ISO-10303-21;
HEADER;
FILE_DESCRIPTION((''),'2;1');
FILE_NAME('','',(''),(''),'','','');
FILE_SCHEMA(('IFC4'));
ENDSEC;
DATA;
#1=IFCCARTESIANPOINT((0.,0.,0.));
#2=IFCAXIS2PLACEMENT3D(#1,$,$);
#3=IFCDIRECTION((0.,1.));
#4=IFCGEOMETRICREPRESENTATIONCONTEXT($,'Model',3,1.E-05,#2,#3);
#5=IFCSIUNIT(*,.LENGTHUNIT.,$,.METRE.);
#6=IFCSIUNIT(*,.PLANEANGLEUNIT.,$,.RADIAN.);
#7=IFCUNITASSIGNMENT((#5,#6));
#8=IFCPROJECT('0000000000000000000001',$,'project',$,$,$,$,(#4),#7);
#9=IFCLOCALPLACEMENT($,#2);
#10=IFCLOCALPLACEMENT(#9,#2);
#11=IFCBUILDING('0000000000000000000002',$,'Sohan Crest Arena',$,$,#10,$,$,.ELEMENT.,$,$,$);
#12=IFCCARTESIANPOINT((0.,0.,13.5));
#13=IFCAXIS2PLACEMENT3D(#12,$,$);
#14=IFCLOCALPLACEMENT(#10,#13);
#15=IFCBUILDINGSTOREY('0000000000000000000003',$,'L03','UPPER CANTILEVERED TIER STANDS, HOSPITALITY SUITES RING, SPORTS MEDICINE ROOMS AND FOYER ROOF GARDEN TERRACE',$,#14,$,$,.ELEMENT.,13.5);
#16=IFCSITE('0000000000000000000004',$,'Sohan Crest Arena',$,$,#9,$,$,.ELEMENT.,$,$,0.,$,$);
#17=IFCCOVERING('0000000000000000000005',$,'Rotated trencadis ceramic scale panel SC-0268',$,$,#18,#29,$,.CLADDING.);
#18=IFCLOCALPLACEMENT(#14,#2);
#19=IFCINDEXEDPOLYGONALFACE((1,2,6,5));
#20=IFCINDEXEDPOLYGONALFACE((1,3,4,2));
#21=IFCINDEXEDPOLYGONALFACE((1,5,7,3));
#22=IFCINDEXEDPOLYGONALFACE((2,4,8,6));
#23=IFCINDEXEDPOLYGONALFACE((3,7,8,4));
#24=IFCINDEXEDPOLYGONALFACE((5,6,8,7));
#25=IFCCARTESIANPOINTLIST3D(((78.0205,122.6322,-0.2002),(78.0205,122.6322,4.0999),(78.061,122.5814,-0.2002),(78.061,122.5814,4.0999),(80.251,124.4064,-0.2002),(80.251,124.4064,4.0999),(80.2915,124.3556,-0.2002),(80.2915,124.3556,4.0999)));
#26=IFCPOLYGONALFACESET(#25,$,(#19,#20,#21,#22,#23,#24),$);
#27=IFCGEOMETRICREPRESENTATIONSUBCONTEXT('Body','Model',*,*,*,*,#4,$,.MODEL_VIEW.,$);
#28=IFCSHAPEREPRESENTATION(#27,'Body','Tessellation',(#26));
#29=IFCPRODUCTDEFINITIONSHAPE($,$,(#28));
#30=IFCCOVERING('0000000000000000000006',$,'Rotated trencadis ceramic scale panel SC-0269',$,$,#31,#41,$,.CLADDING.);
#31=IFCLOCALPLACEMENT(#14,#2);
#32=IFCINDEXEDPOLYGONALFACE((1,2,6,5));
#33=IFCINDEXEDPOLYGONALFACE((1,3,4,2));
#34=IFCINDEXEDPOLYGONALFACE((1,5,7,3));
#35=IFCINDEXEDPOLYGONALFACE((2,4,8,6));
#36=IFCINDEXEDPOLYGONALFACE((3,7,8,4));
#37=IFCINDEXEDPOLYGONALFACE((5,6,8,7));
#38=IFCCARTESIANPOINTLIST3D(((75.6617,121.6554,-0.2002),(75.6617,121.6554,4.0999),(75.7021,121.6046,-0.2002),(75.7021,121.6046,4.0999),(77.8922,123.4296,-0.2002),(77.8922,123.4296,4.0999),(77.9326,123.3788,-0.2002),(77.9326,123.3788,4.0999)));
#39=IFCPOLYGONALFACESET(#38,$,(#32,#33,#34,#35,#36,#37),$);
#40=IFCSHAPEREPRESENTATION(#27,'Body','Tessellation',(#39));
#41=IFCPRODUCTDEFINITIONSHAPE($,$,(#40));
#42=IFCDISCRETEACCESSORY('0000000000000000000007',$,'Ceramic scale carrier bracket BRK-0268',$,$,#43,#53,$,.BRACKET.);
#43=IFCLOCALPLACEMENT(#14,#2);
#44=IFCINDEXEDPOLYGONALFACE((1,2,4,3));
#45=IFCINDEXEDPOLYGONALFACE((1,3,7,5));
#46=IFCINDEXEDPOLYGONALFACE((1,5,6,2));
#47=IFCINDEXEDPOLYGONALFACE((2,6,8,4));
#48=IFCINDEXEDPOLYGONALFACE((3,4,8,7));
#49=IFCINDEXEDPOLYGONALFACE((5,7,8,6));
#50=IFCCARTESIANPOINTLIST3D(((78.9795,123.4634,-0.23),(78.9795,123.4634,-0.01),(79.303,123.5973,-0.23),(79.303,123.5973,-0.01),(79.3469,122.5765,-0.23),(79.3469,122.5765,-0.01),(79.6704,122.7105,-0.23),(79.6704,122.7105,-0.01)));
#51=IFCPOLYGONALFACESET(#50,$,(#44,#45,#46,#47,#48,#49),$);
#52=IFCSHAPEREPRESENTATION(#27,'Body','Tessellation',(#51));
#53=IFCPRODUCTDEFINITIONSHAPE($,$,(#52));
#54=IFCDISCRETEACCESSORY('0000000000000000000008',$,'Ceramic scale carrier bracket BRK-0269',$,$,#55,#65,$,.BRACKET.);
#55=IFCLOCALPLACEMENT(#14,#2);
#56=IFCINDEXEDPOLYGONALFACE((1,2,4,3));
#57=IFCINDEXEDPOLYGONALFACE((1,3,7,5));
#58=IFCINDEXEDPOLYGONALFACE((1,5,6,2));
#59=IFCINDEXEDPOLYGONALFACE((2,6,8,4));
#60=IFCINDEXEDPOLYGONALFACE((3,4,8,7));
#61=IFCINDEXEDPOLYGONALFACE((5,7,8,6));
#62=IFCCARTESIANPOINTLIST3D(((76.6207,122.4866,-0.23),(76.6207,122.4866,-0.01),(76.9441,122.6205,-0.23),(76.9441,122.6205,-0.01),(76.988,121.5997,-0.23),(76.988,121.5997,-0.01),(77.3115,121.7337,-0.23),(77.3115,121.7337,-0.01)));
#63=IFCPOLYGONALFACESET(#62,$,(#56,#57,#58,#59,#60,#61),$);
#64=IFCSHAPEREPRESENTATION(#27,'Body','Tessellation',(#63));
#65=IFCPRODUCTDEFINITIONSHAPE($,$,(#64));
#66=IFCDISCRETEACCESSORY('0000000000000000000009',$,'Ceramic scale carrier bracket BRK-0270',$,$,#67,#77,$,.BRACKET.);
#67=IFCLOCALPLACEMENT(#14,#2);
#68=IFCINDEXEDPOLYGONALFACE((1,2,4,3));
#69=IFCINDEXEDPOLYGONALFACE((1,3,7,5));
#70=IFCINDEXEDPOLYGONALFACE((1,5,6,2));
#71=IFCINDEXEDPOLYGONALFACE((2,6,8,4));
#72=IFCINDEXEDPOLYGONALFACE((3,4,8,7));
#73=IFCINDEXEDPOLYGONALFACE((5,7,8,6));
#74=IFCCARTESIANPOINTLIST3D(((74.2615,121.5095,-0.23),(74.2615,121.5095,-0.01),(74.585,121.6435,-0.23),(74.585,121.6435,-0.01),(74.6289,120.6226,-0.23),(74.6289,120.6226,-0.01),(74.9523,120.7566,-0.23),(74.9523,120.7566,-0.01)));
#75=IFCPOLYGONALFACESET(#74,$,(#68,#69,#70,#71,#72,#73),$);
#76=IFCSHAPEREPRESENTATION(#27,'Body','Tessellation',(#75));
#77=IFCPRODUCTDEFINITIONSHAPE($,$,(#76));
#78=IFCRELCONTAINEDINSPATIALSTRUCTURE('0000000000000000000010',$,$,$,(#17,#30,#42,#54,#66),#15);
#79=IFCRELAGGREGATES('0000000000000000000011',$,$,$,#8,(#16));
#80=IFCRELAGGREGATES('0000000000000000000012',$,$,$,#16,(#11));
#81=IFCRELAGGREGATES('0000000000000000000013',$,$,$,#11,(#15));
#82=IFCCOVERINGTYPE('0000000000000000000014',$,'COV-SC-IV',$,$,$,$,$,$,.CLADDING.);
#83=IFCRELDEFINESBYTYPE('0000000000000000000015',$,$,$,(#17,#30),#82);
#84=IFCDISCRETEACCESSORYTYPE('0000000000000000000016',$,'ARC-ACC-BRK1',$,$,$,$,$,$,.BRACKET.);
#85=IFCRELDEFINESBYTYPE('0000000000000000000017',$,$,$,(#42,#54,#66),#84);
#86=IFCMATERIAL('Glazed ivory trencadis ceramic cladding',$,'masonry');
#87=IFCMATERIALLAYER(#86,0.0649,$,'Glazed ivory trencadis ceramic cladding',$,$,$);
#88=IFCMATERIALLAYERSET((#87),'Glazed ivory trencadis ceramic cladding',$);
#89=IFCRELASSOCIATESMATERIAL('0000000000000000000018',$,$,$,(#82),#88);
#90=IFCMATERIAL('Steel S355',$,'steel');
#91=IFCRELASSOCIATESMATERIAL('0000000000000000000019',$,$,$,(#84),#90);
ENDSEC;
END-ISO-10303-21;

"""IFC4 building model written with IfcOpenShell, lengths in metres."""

from ifc_helpers import new_model, si_unit, direction, frame, origin, origin_2d, place, context, subcontext, project, spatial, rectangle, extrude, material, layer, layer_set, type_object, element, save


model = new_model("IFC4")

# Units and contexts
model_context = context("Model", 3, precision=1e-05, world=origin(), true_north=direction((0.0, 1.0)))
body_context = subcontext(model_context, "Body", "Model", "MODEL_VIEW")
ifc_project = project(units=[si_unit("LENGTHUNIT", "METRE"), si_unit("PLANEANGLEUNIT", "RADIAN")], contexts=[model_context])

# Site, building, storey
site_placement = place(None, origin())
site = spatial("IfcSite", under=ifc_project, at=site_placement, Name="Sohan Crest Arena", CompositionType="ELEMENT", RefElevation=0.0)
building_placement = place(site_placement, origin())
building = spatial("IfcBuilding", under=site, at=building_placement, Name="Sohan Crest Arena", CompositionType="ELEMENT")
storey_placement = place(building_placement, frame((0.0, 0.0, 13.5)))
storey = spatial("IfcBuildingStorey", under=building, at=storey_placement, Name="L03", Description="UPPER CANTILEVERED TIER STANDS, HOSPITALITY SUITES RING, SPORTS MEDICINE ROOMS AND FOYER ROOF GARDEN TERRACE", CompositionType="ELEMENT", Elevation=13.5)

# Coverings
ifc_material_1 = material(Name="Glazed ivory trencadis ceramic cladding", Category="masonry")
ifc_layer_1 = layer(ifc_material_1, 0.0649, Name="Glazed ivory trencadis ceramic cladding")
ifc_layer_set_1 = layer_set([ifc_layer_1], Name="Glazed ivory trencadis ceramic cladding")
covering_type = type_object("IfcCoveringType", Name="COV-SC-IV", PredefinedType="CLADDING", material=ifc_layer_set_1)
for number, where, z_axis, x_axis, name in (
    (1, (79.156, 123.4939, -0.2002), (0.0, 0.0, 1.0), (-0.782608, -0.622515, 0.0), "Rotated trencadis ceramic scale panel SC-0268"),
    (2, (76.7971, 122.5171, -0.2002), (0.0, 0.0, 1.0), (-0.782608, -0.622515, 0.0), "Rotated trencadis ceramic scale panel SC-0269"),
):
    element("IfcCovering", number, at=place(storey_placement, frame(where, z_axis=z_axis, x_axis=x_axis)), inside=storey, type_object=covering_type, Name=name, PredefinedType="CLADDING", context=body_context, shape_type="SweptSolid", body=[
        extrude(rectangle(XDim=2.8501, YDim=0.0649, at=origin_2d()), origin(), (0.0, 0.0, 1.0), 4.3),
    ])

# Discrete accessories
ifc_material_2 = material(Name="Steel S355", Category="steel")
discrete_accessory_type = type_object("IfcDiscreteAccessoryType", Name="ARC-ACC-BRK1", PredefinedType="BRACKET", material=ifc_material_2)
for number, where, z_axis, x_axis, name in (
    (3, (79.325, 123.0869, -0.23), (0.0, 0.0, 1.0), (-0.92388, -0.382683, 0.0), "Ceramic scale carrier bracket BRK-0268"),
    (4, (76.9661, 122.1101, -0.23), (0.0, 0.0, 1.0), (-0.92388, -0.382683, 0.0), "Ceramic scale carrier bracket BRK-0269"),
    (5, (74.6069, 121.1331, -0.23), (0.0, 0.0, 1.0), (-0.92388, -0.382683, 0.0), "Ceramic scale carrier bracket BRK-0270"),
):
    element("IfcDiscreteAccessory", number, at=place(storey_placement, frame(where, z_axis=z_axis, x_axis=x_axis)), inside=storey, type_object=discrete_accessory_type, Name=name, PredefinedType="BRACKET", context=body_context, shape_type="SweptSolid", body=[
        extrude(rectangle(XDim=0.3501, YDim=0.96, at=origin_2d()), origin(), (0.0, 0.0, 1.0), 0.22),
    ])

save(model, "model.ifc")
